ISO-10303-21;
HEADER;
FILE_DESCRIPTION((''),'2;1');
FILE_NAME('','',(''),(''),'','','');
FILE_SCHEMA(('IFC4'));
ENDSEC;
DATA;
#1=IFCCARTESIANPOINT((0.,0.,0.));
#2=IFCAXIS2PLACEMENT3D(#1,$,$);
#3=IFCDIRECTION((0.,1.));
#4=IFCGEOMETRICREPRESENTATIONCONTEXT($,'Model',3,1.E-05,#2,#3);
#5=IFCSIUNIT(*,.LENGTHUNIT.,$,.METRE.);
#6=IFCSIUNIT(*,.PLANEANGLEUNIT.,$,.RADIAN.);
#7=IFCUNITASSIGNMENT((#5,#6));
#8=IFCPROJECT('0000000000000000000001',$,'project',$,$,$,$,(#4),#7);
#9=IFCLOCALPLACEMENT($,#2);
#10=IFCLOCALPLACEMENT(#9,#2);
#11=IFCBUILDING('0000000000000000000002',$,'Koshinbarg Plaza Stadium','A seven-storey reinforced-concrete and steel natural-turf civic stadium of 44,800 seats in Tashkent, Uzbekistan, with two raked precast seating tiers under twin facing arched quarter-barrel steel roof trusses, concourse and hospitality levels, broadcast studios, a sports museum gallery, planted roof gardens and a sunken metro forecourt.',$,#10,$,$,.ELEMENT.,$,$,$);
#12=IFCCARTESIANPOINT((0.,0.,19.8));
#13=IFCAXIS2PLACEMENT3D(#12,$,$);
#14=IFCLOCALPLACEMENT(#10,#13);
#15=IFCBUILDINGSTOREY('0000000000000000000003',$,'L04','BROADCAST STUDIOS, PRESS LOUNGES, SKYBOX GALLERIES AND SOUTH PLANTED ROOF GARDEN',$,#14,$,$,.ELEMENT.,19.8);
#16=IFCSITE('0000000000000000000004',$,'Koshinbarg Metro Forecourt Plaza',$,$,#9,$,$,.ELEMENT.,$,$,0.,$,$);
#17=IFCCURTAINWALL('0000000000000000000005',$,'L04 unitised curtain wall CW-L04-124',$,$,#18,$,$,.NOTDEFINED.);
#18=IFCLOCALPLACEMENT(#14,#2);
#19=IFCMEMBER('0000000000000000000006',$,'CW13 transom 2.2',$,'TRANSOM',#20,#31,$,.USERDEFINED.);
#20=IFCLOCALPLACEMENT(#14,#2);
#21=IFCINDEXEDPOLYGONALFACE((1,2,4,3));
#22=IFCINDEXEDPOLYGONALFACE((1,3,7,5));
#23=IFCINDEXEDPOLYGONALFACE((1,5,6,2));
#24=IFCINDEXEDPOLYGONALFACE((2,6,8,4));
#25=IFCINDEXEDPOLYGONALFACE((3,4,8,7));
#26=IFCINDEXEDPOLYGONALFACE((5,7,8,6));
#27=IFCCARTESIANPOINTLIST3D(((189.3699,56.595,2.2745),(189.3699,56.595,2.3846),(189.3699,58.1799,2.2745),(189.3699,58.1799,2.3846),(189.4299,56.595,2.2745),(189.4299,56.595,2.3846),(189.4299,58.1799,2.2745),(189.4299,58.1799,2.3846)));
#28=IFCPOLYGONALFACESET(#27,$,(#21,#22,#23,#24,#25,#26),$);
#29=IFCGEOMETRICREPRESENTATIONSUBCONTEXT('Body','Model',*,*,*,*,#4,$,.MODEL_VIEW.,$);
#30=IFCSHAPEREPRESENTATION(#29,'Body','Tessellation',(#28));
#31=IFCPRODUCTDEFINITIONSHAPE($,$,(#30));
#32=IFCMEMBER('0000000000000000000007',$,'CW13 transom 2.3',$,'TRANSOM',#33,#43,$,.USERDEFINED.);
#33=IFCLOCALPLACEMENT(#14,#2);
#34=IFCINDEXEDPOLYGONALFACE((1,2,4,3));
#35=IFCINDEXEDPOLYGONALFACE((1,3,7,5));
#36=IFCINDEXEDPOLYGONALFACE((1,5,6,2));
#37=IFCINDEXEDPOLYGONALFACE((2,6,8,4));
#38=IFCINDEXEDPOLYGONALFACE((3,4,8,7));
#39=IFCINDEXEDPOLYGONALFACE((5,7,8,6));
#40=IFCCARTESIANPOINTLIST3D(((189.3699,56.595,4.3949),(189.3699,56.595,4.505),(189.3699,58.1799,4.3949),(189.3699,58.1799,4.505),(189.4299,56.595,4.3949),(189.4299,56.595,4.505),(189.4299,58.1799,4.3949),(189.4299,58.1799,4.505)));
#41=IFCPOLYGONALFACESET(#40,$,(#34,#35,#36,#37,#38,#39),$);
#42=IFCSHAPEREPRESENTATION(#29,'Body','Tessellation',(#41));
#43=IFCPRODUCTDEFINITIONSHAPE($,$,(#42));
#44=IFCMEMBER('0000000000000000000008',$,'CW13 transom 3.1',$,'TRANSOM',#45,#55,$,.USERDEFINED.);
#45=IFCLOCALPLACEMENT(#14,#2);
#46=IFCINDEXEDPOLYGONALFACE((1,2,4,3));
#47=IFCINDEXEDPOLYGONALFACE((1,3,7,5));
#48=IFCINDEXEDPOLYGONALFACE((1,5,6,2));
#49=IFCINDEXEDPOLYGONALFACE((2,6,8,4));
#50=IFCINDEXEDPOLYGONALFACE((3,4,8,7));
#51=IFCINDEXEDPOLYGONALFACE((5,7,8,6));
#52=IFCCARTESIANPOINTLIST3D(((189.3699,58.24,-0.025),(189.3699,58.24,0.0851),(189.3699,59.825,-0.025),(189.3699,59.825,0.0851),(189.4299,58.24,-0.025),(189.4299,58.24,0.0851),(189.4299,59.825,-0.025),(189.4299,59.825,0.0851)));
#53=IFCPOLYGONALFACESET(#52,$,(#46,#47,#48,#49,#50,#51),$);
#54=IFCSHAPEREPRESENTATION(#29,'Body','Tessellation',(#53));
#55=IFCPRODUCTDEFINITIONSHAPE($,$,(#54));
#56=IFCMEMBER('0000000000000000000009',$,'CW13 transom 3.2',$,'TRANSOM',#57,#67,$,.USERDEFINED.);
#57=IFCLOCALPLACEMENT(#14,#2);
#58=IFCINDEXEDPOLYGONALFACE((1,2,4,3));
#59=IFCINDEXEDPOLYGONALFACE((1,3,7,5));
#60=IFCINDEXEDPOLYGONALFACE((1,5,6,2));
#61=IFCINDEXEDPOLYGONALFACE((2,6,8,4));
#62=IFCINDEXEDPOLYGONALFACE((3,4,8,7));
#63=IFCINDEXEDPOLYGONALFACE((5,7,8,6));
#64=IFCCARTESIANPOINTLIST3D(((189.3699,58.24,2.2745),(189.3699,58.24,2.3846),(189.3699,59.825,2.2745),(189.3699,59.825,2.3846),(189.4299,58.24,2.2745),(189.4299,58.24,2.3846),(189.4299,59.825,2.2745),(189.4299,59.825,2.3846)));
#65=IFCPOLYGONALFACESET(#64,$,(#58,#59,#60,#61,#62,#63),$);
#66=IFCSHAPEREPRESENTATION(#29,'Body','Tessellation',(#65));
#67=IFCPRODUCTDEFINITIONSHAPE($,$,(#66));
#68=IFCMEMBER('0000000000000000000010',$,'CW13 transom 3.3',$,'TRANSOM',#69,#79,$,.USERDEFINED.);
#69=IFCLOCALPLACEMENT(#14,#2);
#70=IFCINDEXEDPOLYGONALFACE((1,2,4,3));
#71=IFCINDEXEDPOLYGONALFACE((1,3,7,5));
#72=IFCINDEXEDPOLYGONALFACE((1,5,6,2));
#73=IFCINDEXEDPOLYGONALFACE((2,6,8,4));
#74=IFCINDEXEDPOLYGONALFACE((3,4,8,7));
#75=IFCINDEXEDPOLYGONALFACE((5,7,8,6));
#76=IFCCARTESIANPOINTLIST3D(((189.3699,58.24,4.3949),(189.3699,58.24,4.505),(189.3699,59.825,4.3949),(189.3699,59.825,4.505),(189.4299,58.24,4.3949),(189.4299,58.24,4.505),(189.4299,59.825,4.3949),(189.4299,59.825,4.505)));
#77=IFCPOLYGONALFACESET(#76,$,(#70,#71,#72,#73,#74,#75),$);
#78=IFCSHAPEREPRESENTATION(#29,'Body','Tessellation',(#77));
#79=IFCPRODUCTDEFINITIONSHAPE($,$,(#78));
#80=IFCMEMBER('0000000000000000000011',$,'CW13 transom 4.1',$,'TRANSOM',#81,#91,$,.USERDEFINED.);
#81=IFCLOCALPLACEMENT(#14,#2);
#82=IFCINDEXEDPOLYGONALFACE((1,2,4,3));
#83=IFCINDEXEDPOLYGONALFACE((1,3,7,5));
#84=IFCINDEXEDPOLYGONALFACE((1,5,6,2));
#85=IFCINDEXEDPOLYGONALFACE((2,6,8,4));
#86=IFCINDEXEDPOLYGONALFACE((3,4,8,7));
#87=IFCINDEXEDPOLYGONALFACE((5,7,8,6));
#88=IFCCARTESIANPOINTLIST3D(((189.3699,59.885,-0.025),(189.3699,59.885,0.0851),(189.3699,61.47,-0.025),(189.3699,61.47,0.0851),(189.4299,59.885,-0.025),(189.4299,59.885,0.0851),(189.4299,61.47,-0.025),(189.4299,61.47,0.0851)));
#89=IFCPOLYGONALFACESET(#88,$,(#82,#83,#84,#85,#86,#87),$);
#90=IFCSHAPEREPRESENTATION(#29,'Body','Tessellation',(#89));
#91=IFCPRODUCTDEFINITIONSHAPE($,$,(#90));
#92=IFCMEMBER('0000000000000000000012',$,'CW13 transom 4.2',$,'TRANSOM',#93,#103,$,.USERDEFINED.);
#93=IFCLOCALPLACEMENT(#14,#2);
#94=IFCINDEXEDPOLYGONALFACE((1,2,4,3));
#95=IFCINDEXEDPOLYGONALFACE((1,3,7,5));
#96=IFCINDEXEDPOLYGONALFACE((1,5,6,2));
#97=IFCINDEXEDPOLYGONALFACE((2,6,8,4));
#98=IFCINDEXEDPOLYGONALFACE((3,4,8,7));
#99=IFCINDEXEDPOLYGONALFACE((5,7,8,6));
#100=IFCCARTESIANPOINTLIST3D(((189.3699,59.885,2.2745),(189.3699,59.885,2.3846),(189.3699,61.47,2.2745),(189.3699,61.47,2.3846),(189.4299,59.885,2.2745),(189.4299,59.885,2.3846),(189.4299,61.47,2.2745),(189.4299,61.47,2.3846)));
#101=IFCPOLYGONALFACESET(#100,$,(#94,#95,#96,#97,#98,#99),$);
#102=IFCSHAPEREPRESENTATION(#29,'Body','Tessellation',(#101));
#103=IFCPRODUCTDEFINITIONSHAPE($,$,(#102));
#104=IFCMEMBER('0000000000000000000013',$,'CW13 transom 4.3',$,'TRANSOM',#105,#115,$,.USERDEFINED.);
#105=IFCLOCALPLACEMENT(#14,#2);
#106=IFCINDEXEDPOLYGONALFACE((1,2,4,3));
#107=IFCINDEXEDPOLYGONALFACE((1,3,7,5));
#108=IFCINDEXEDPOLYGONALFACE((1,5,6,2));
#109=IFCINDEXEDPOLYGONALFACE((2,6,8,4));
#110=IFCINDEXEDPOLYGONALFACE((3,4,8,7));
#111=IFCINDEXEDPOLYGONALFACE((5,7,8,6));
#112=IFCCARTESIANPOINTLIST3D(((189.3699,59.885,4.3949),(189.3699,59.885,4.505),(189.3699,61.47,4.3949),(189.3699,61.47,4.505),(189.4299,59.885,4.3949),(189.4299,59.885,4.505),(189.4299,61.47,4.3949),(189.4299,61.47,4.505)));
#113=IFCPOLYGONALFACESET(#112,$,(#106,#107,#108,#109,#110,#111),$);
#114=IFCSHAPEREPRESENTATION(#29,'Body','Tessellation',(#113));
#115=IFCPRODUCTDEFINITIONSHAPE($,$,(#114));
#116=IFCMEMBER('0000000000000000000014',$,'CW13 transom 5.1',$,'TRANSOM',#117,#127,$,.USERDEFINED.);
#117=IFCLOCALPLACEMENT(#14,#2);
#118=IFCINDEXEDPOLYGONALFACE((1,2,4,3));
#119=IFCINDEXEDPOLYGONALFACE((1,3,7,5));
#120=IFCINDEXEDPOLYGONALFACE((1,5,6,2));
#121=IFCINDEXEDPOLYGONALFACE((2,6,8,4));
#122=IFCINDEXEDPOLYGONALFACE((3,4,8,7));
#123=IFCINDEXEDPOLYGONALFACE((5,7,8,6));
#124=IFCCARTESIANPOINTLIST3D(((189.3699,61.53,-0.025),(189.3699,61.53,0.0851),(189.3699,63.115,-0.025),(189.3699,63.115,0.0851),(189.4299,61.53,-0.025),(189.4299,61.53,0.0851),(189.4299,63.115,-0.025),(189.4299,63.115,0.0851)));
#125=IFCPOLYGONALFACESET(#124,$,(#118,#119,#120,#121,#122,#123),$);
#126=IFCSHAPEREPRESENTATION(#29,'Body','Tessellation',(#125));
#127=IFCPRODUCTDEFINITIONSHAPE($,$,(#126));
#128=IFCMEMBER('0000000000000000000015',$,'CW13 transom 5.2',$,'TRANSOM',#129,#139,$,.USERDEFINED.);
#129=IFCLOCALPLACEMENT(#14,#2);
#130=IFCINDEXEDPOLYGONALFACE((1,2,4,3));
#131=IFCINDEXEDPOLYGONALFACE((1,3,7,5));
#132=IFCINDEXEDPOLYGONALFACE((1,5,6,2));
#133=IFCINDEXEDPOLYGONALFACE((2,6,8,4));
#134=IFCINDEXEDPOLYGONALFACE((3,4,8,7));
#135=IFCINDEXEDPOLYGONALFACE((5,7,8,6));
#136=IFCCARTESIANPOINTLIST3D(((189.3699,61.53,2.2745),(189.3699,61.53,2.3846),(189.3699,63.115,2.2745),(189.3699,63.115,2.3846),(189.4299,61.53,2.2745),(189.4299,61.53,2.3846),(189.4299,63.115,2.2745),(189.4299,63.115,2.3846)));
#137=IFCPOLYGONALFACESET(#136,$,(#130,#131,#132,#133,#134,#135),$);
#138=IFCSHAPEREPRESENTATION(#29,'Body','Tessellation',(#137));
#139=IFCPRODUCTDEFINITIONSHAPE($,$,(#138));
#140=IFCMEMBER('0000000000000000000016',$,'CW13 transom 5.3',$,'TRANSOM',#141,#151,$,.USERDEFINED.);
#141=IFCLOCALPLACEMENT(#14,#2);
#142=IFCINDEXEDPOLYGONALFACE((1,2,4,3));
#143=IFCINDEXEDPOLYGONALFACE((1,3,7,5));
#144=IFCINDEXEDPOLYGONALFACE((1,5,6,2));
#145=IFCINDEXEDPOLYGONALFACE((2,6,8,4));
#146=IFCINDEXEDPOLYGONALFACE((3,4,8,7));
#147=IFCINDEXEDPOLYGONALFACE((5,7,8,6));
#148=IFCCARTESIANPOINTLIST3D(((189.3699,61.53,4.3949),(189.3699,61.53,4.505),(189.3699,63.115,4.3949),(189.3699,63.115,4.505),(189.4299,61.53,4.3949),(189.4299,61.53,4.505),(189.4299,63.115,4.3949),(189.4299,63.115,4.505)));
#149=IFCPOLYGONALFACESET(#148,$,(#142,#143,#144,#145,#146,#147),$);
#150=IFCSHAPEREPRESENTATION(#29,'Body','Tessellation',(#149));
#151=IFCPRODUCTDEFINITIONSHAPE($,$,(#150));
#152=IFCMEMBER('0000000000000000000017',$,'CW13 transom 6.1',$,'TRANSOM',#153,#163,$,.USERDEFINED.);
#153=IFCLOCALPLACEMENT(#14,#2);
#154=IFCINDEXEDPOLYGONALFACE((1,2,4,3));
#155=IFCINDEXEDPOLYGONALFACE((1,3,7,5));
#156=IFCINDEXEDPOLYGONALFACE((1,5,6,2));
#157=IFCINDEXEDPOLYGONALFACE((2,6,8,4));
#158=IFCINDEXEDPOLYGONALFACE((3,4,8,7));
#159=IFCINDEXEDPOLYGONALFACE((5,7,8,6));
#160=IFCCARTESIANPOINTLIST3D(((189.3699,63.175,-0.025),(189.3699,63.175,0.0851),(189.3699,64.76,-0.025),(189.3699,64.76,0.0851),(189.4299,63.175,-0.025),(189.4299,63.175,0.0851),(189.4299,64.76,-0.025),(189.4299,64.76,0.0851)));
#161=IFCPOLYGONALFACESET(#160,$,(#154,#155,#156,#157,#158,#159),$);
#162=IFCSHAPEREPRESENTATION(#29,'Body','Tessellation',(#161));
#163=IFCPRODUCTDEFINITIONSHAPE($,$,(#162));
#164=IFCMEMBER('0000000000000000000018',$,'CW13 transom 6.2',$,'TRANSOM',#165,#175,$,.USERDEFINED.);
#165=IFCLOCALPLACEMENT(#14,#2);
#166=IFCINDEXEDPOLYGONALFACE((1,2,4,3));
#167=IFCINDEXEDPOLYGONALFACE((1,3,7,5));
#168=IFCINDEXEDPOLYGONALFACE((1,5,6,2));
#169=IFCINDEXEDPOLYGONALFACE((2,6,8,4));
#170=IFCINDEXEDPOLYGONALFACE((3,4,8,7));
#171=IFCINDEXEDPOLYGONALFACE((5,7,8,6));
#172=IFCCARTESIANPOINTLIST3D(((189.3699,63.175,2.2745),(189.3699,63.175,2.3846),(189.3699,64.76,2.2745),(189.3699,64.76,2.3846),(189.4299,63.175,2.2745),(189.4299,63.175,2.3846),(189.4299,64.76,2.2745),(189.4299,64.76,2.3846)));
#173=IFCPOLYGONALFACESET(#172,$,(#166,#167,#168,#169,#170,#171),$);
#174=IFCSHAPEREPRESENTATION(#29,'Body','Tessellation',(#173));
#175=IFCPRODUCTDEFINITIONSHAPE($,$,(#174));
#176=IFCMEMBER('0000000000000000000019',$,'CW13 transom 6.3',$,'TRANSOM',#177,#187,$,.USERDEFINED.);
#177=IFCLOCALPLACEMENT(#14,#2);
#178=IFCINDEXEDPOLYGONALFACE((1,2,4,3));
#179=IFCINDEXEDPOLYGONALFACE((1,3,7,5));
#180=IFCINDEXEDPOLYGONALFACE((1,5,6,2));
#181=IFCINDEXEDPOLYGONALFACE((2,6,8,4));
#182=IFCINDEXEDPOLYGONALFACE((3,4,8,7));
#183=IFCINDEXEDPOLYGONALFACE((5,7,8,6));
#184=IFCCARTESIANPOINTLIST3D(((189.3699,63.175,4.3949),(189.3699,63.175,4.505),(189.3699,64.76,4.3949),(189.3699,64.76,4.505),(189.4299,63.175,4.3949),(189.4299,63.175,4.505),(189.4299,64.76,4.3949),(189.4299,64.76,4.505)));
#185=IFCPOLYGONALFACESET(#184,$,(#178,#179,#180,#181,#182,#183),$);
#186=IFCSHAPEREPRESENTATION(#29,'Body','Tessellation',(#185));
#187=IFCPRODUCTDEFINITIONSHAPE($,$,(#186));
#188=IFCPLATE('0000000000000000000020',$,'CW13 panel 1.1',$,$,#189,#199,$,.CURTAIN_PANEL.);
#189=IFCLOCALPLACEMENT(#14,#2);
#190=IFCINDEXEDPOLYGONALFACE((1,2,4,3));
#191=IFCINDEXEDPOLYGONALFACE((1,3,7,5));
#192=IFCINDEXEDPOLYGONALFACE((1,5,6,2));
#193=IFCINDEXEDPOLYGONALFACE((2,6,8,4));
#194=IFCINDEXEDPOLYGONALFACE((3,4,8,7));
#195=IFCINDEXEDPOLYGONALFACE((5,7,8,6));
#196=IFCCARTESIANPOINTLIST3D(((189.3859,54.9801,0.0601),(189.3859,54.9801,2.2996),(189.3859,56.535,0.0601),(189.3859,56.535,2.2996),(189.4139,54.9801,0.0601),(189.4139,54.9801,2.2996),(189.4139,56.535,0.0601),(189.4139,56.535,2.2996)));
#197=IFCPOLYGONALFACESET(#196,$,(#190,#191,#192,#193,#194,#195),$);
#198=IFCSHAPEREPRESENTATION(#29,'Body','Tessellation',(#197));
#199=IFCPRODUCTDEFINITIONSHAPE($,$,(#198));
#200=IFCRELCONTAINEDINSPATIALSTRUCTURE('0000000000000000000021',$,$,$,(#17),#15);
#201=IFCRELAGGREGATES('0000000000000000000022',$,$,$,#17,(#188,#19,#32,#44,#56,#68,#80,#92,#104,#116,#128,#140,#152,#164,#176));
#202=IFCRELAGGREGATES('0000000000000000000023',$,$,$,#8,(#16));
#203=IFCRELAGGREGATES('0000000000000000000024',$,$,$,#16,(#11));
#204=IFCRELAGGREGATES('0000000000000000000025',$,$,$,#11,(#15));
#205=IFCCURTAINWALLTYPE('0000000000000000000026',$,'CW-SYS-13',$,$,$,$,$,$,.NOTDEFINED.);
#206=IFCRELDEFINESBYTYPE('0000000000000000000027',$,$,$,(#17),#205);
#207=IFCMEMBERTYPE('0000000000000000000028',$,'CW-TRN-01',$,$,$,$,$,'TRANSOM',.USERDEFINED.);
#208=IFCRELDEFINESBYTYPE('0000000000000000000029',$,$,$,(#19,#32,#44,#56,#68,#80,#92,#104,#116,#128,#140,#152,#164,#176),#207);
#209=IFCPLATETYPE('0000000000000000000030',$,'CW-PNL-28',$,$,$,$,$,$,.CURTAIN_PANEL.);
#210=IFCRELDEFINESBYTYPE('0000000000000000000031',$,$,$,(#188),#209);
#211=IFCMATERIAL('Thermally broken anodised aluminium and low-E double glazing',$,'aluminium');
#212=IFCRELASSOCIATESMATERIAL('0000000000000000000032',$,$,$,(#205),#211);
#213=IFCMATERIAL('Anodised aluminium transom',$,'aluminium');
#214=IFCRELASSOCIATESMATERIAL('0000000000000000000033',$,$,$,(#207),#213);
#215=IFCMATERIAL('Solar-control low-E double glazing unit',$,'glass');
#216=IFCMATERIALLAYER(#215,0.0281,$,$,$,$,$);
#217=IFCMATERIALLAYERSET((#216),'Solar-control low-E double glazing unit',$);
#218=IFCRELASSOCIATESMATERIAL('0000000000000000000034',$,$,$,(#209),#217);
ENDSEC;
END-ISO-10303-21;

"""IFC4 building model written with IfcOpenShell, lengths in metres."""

from ifc_helpers import new_model, si_unit, direction, frame, origin, origin_2d, place, context, subcontext, project, spatial, rectangle, extrude, material, layer, layer_set, material_profile, profile_set, type_object, element, aggregate, save


model = new_model("IFC4")

# Units and contexts
model_context = context("Model", 3, precision=1e-05, world=origin(), true_north=direction((0.0, 1.0)))
body_context = subcontext(model_context, "Body", "Model", "MODEL_VIEW")
ifc_project = project(units=[si_unit("LENGTHUNIT", "METRE"), si_unit("PLANEANGLEUNIT", "RADIAN")], contexts=[model_context])

# Site, building, storey
site_placement = place(None, origin())
site = spatial("IfcSite", under=ifc_project, at=site_placement, Name="Koshinbarg Metro Forecourt Plaza", CompositionType="ELEMENT", RefElevation=0.0)
building_placement = place(site_placement, origin())
building = spatial("IfcBuilding", under=site, at=building_placement, Name="Koshinbarg Plaza Stadium", Description="A seven-storey reinforced-concrete and steel natural-turf civic stadium of 44,800 seats in Tashkent, Uzbekistan, with two raked precast seating tiers under twin facing arched quarter-barrel steel roof trusses, concourse and hospitality levels, broadcast studios, a sports museum gallery, planted roof gardens and a sunken metro forecourt.", CompositionType="ELEMENT")
storey_placement = place(building_placement, frame((0.0, 0.0, 19.8)))
storey = spatial("IfcBuildingStorey", under=building, at=storey_placement, Name="L04", Description="BROADCAST STUDIOS, PRESS LOUNGES, SKYBOX GALLERIES AND SOUTH PLANTED ROOF GARDEN", CompositionType="ELEMENT", Elevation=19.8)

# Curtain wall
ifc_material_1 = material(Name="Thermally broken anodised aluminium and low-E double glazing", Category="aluminium")
curtain_wall_type_1 = type_object("IfcCurtainWallType", Name="CW-SYS-13", PredefinedType="NOTDEFINED", material=ifc_material_1)
curtain_wall_1_placement = place(storey_placement, origin())
curtain_wall_1 = element("IfcCurtainWall", 1, at=curtain_wall_1_placement, inside=storey, type_object=curtain_wall_type_1, Name="L04 unitised curtain wall CW-L04-124", PredefinedType="NOTDEFINED")

# Members
ifc_material_2 = material(Name="Anodised aluminium transom", Category="aluminium")
ifc_material_profile_1 = material_profile(ifc_material_2, rectangle(XDim=0.0601, YDim=0.1101, at=origin_2d()), Name="ALU 60x110")
ifc_profile_set_1 = profile_set([ifc_material_profile_1], Name="Anodised aluminium transom")
member_type_1 = type_object("IfcMemberType", Name="CW-TRN-01", ElementType="TRANSOM", PredefinedType="USERDEFINED", material=ifc_profile_set_1)
member_1_placement = place(storey_placement, frame((189.3999, 56.595, 2.3296), z_axis=(0.0, 1.0, 0.0), x_axis=(-1.0, 0.0, 0.0)))
member_1 = element("IfcMember", 2, at=member_1_placement, type_object=member_type_1, Name="CW13 transom 2.2", ObjectType="TRANSOM", PredefinedType="USERDEFINED", context=body_context, shape_type="SweptSolid", body=[
    extrude(rectangle(XDim=0.0601, YDim=0.1101, at=origin_2d()), origin(), (0.0, 0.0, 1.0), 1.585),
])
member_2_placement = place(storey_placement, frame((189.3999, 56.595, 4.45), z_axis=(0.0, 1.0, 0.0), x_axis=(-1.0, 0.0, 0.0)))
member_2 = element("IfcMember", 3, at=member_2_placement, type_object=member_type_1, Name="CW13 transom 2.3", ObjectType="TRANSOM", PredefinedType="USERDEFINED", context=body_context, shape_type="SweptSolid", body=[
    extrude(rectangle(XDim=0.0601, YDim=0.1101, at=origin_2d()), origin(), (0.0, 0.0, 1.0), 1.585),
])
member_3_placement = place(storey_placement, frame((189.3999, 58.24, 0.03), z_axis=(0.0, 1.0, 0.0), x_axis=(-1.0, 0.0, 0.0)))
member_3 = element("IfcMember", 4, at=member_3_placement, type_object=member_type_1, Name="CW13 transom 3.1", ObjectType="TRANSOM", PredefinedType="USERDEFINED", context=body_context, shape_type="SweptSolid", body=[
    extrude(rectangle(XDim=0.0601, YDim=0.1101, at=origin_2d()), origin(), (0.0, 0.0, 1.0), 1.585),
])
member_4_placement = place(storey_placement, frame((189.3999, 58.24, 2.3296), z_axis=(0.0, 1.0, 0.0), x_axis=(-1.0, 0.0, 0.0)))
member_4 = element("IfcMember", 5, at=member_4_placement, type_object=member_type_1, Name="CW13 transom 3.2", ObjectType="TRANSOM", PredefinedType="USERDEFINED", context=body_context, shape_type="SweptSolid", body=[
    extrude(rectangle(XDim=0.0601, YDim=0.1101, at=origin_2d()), origin(), (0.0, 0.0, 1.0), 1.585),
])
member_5_placement = place(storey_placement, frame((189.3999, 58.24, 4.45), z_axis=(0.0, 1.0, 0.0), x_axis=(-1.0, 0.0, 0.0)))
member_5 = element("IfcMember", 6, at=member_5_placement, type_object=member_type_1, Name="CW13 transom 3.3", ObjectType="TRANSOM", PredefinedType="USERDEFINED", context=body_context, shape_type="SweptSolid", body=[
    extrude(rectangle(XDim=0.0601, YDim=0.1101, at=origin_2d()), origin(), (0.0, 0.0, 1.0), 1.585),
])
member_6_placement = place(storey_placement, frame((189.3999, 59.885, 0.03), z_axis=(0.0, 1.0, 0.0), x_axis=(-1.0, 0.0, 0.0)))
member_6 = element("IfcMember", 7, at=member_6_placement, type_object=member_type_1, Name="CW13 transom 4.1", ObjectType="TRANSOM", PredefinedType="USERDEFINED", context=body_context, shape_type="SweptSolid", body=[
    extrude(rectangle(XDim=0.0601, YDim=0.1101, at=origin_2d()), origin(), (0.0, 0.0, 1.0), 1.585),
])
member_7_placement = place(storey_placement, frame((189.3999, 59.885, 2.3296), z_axis=(0.0, 1.0, 0.0), x_axis=(-1.0, 0.0, 0.0)))
member_7 = element("IfcMember", 8, at=member_7_placement, type_object=member_type_1, Name="CW13 transom 4.2", ObjectType="TRANSOM", PredefinedType="USERDEFINED", context=body_context, shape_type="SweptSolid", body=[
    extrude(rectangle(XDim=0.0601, YDim=0.1101, at=origin_2d()), origin(), (0.0, 0.0, 1.0), 1.585),
])
member_8_placement = place(storey_placement, frame((189.3999, 59.885, 4.45), z_axis=(0.0, 1.0, 0.0), x_axis=(-1.0, 0.0, 0.0)))
member_8 = element("IfcMember", 9, at=member_8_placement, type_object=member_type_1, Name="CW13 transom 4.3", ObjectType="TRANSOM", PredefinedType="USERDEFINED", context=body_context, shape_type="SweptSolid", body=[
    extrude(rectangle(XDim=0.0601, YDim=0.1101, at=origin_2d()), origin(), (0.0, 0.0, 1.0), 1.585),
])
member_9_placement = place(storey_placement, frame((189.3999, 61.53, 0.03), z_axis=(0.0, 1.0, 0.0), x_axis=(-1.0, 0.0, 0.0)))
member_9 = element("IfcMember", 10, at=member_9_placement, type_object=member_type_1, Name="CW13 transom 5.1", ObjectType="TRANSOM", PredefinedType="USERDEFINED", context=body_context, shape_type="SweptSolid", body=[
    extrude(rectangle(XDim=0.0601, YDim=0.1101, at=origin_2d()), origin(), (0.0, 0.0, 1.0), 1.585),
])
member_10_placement = place(storey_placement, frame((189.3999, 61.53, 2.3296), z_axis=(0.0, 1.0, 0.0), x_axis=(-1.0, 0.0, 0.0)))
member_10 = element("IfcMember", 11, at=member_10_placement, type_object=member_type_1, Name="CW13 transom 5.2", ObjectType="TRANSOM", PredefinedType="USERDEFINED", context=body_context, shape_type="SweptSolid", body=[
    extrude(rectangle(XDim=0.0601, YDim=0.1101, at=origin_2d()), origin(), (0.0, 0.0, 1.0), 1.585),
])
member_11_placement = place(storey_placement, frame((189.3999, 61.53, 4.45), z_axis=(0.0, 1.0, 0.0), x_axis=(-1.0, 0.0, 0.0)))
member_11 = element("IfcMember", 12, at=member_11_placement, type_object=member_type_1, Name="CW13 transom 5.3", ObjectType="TRANSOM", PredefinedType="USERDEFINED", context=body_context, shape_type="SweptSolid", body=[
    extrude(rectangle(XDim=0.0601, YDim=0.1101, at=origin_2d()), origin(), (0.0, 0.0, 1.0), 1.585),
])
member_12_placement = place(storey_placement, frame((189.3999, 63.175, 0.03), z_axis=(0.0, 1.0, 0.0), x_axis=(-1.0, 0.0, 0.0)))
member_12 = element("IfcMember", 13, at=member_12_placement, type_object=member_type_1, Name="CW13 transom 6.1", ObjectType="TRANSOM", PredefinedType="USERDEFINED", context=body_context, shape_type="SweptSolid", body=[
    extrude(rectangle(XDim=0.0601, YDim=0.1101, at=origin_2d()), origin(), (0.0, 0.0, 1.0), 1.585),
])
member_13_placement = place(storey_placement, frame((189.3999, 63.175, 2.3296), z_axis=(0.0, 1.0, 0.0), x_axis=(-1.0, 0.0, 0.0)))
member_13 = element("IfcMember", 14, at=member_13_placement, type_object=member_type_1, Name="CW13 transom 6.2", ObjectType="TRANSOM", PredefinedType="USERDEFINED", context=body_context, shape_type="SweptSolid", body=[
    extrude(rectangle(XDim=0.0601, YDim=0.1101, at=origin_2d()), origin(), (0.0, 0.0, 1.0), 1.585),
])
member_14_placement = place(storey_placement, frame((189.3999, 63.175, 4.45), z_axis=(0.0, 1.0, 0.0), x_axis=(-1.0, 0.0, 0.0)))
member_14 = element("IfcMember", 15, at=member_14_placement, type_object=member_type_1, Name="CW13 transom 6.3", ObjectType="TRANSOM", PredefinedType="USERDEFINED", context=body_context, shape_type="SweptSolid", body=[
    extrude(rectangle(XDim=0.0601, YDim=0.1101, at=origin_2d()), origin(), (0.0, 0.0, 1.0), 1.585),
])

# Plate
ifc_material_3 = material(Name="Solar-control low-E double glazing unit", Category="glass")
ifc_layer_1 = layer(ifc_material_3, 0.0281)
ifc_layer_set_1 = layer_set([ifc_layer_1], Name="Solar-control low-E double glazing unit")
plate_type_1 = type_object("IfcPlateType", Name="CW-PNL-28", PredefinedType="CURTAIN_PANEL", material=ifc_layer_set_1)
plate_1_placement = place(storey_placement, frame((189.3999, 55.7576, 0.0601), z_axis=(0.0, 0.0, 1.0), x_axis=(0.0, 1.0, 0.0)))
plate_1 = element("IfcPlate", 16, at=plate_1_placement, type_object=plate_type_1, Name="CW13 panel 1.1", PredefinedType="CURTAIN_PANEL", context=body_context, shape_type="SweptSolid", body=[
    extrude(rectangle(XDim=1.5549, YDim=0.0281, at=origin_2d()), origin(), (0.0, 0.0, 1.0), 2.2395),
])
aggregate(curtain_wall_1, [plate_1, member_1, member_2, member_3, member_4, member_5, member_6, member_7, member_8, member_9, member_10, member_11, member_12, member_13, member_14])

save(model, "model.ifc")
